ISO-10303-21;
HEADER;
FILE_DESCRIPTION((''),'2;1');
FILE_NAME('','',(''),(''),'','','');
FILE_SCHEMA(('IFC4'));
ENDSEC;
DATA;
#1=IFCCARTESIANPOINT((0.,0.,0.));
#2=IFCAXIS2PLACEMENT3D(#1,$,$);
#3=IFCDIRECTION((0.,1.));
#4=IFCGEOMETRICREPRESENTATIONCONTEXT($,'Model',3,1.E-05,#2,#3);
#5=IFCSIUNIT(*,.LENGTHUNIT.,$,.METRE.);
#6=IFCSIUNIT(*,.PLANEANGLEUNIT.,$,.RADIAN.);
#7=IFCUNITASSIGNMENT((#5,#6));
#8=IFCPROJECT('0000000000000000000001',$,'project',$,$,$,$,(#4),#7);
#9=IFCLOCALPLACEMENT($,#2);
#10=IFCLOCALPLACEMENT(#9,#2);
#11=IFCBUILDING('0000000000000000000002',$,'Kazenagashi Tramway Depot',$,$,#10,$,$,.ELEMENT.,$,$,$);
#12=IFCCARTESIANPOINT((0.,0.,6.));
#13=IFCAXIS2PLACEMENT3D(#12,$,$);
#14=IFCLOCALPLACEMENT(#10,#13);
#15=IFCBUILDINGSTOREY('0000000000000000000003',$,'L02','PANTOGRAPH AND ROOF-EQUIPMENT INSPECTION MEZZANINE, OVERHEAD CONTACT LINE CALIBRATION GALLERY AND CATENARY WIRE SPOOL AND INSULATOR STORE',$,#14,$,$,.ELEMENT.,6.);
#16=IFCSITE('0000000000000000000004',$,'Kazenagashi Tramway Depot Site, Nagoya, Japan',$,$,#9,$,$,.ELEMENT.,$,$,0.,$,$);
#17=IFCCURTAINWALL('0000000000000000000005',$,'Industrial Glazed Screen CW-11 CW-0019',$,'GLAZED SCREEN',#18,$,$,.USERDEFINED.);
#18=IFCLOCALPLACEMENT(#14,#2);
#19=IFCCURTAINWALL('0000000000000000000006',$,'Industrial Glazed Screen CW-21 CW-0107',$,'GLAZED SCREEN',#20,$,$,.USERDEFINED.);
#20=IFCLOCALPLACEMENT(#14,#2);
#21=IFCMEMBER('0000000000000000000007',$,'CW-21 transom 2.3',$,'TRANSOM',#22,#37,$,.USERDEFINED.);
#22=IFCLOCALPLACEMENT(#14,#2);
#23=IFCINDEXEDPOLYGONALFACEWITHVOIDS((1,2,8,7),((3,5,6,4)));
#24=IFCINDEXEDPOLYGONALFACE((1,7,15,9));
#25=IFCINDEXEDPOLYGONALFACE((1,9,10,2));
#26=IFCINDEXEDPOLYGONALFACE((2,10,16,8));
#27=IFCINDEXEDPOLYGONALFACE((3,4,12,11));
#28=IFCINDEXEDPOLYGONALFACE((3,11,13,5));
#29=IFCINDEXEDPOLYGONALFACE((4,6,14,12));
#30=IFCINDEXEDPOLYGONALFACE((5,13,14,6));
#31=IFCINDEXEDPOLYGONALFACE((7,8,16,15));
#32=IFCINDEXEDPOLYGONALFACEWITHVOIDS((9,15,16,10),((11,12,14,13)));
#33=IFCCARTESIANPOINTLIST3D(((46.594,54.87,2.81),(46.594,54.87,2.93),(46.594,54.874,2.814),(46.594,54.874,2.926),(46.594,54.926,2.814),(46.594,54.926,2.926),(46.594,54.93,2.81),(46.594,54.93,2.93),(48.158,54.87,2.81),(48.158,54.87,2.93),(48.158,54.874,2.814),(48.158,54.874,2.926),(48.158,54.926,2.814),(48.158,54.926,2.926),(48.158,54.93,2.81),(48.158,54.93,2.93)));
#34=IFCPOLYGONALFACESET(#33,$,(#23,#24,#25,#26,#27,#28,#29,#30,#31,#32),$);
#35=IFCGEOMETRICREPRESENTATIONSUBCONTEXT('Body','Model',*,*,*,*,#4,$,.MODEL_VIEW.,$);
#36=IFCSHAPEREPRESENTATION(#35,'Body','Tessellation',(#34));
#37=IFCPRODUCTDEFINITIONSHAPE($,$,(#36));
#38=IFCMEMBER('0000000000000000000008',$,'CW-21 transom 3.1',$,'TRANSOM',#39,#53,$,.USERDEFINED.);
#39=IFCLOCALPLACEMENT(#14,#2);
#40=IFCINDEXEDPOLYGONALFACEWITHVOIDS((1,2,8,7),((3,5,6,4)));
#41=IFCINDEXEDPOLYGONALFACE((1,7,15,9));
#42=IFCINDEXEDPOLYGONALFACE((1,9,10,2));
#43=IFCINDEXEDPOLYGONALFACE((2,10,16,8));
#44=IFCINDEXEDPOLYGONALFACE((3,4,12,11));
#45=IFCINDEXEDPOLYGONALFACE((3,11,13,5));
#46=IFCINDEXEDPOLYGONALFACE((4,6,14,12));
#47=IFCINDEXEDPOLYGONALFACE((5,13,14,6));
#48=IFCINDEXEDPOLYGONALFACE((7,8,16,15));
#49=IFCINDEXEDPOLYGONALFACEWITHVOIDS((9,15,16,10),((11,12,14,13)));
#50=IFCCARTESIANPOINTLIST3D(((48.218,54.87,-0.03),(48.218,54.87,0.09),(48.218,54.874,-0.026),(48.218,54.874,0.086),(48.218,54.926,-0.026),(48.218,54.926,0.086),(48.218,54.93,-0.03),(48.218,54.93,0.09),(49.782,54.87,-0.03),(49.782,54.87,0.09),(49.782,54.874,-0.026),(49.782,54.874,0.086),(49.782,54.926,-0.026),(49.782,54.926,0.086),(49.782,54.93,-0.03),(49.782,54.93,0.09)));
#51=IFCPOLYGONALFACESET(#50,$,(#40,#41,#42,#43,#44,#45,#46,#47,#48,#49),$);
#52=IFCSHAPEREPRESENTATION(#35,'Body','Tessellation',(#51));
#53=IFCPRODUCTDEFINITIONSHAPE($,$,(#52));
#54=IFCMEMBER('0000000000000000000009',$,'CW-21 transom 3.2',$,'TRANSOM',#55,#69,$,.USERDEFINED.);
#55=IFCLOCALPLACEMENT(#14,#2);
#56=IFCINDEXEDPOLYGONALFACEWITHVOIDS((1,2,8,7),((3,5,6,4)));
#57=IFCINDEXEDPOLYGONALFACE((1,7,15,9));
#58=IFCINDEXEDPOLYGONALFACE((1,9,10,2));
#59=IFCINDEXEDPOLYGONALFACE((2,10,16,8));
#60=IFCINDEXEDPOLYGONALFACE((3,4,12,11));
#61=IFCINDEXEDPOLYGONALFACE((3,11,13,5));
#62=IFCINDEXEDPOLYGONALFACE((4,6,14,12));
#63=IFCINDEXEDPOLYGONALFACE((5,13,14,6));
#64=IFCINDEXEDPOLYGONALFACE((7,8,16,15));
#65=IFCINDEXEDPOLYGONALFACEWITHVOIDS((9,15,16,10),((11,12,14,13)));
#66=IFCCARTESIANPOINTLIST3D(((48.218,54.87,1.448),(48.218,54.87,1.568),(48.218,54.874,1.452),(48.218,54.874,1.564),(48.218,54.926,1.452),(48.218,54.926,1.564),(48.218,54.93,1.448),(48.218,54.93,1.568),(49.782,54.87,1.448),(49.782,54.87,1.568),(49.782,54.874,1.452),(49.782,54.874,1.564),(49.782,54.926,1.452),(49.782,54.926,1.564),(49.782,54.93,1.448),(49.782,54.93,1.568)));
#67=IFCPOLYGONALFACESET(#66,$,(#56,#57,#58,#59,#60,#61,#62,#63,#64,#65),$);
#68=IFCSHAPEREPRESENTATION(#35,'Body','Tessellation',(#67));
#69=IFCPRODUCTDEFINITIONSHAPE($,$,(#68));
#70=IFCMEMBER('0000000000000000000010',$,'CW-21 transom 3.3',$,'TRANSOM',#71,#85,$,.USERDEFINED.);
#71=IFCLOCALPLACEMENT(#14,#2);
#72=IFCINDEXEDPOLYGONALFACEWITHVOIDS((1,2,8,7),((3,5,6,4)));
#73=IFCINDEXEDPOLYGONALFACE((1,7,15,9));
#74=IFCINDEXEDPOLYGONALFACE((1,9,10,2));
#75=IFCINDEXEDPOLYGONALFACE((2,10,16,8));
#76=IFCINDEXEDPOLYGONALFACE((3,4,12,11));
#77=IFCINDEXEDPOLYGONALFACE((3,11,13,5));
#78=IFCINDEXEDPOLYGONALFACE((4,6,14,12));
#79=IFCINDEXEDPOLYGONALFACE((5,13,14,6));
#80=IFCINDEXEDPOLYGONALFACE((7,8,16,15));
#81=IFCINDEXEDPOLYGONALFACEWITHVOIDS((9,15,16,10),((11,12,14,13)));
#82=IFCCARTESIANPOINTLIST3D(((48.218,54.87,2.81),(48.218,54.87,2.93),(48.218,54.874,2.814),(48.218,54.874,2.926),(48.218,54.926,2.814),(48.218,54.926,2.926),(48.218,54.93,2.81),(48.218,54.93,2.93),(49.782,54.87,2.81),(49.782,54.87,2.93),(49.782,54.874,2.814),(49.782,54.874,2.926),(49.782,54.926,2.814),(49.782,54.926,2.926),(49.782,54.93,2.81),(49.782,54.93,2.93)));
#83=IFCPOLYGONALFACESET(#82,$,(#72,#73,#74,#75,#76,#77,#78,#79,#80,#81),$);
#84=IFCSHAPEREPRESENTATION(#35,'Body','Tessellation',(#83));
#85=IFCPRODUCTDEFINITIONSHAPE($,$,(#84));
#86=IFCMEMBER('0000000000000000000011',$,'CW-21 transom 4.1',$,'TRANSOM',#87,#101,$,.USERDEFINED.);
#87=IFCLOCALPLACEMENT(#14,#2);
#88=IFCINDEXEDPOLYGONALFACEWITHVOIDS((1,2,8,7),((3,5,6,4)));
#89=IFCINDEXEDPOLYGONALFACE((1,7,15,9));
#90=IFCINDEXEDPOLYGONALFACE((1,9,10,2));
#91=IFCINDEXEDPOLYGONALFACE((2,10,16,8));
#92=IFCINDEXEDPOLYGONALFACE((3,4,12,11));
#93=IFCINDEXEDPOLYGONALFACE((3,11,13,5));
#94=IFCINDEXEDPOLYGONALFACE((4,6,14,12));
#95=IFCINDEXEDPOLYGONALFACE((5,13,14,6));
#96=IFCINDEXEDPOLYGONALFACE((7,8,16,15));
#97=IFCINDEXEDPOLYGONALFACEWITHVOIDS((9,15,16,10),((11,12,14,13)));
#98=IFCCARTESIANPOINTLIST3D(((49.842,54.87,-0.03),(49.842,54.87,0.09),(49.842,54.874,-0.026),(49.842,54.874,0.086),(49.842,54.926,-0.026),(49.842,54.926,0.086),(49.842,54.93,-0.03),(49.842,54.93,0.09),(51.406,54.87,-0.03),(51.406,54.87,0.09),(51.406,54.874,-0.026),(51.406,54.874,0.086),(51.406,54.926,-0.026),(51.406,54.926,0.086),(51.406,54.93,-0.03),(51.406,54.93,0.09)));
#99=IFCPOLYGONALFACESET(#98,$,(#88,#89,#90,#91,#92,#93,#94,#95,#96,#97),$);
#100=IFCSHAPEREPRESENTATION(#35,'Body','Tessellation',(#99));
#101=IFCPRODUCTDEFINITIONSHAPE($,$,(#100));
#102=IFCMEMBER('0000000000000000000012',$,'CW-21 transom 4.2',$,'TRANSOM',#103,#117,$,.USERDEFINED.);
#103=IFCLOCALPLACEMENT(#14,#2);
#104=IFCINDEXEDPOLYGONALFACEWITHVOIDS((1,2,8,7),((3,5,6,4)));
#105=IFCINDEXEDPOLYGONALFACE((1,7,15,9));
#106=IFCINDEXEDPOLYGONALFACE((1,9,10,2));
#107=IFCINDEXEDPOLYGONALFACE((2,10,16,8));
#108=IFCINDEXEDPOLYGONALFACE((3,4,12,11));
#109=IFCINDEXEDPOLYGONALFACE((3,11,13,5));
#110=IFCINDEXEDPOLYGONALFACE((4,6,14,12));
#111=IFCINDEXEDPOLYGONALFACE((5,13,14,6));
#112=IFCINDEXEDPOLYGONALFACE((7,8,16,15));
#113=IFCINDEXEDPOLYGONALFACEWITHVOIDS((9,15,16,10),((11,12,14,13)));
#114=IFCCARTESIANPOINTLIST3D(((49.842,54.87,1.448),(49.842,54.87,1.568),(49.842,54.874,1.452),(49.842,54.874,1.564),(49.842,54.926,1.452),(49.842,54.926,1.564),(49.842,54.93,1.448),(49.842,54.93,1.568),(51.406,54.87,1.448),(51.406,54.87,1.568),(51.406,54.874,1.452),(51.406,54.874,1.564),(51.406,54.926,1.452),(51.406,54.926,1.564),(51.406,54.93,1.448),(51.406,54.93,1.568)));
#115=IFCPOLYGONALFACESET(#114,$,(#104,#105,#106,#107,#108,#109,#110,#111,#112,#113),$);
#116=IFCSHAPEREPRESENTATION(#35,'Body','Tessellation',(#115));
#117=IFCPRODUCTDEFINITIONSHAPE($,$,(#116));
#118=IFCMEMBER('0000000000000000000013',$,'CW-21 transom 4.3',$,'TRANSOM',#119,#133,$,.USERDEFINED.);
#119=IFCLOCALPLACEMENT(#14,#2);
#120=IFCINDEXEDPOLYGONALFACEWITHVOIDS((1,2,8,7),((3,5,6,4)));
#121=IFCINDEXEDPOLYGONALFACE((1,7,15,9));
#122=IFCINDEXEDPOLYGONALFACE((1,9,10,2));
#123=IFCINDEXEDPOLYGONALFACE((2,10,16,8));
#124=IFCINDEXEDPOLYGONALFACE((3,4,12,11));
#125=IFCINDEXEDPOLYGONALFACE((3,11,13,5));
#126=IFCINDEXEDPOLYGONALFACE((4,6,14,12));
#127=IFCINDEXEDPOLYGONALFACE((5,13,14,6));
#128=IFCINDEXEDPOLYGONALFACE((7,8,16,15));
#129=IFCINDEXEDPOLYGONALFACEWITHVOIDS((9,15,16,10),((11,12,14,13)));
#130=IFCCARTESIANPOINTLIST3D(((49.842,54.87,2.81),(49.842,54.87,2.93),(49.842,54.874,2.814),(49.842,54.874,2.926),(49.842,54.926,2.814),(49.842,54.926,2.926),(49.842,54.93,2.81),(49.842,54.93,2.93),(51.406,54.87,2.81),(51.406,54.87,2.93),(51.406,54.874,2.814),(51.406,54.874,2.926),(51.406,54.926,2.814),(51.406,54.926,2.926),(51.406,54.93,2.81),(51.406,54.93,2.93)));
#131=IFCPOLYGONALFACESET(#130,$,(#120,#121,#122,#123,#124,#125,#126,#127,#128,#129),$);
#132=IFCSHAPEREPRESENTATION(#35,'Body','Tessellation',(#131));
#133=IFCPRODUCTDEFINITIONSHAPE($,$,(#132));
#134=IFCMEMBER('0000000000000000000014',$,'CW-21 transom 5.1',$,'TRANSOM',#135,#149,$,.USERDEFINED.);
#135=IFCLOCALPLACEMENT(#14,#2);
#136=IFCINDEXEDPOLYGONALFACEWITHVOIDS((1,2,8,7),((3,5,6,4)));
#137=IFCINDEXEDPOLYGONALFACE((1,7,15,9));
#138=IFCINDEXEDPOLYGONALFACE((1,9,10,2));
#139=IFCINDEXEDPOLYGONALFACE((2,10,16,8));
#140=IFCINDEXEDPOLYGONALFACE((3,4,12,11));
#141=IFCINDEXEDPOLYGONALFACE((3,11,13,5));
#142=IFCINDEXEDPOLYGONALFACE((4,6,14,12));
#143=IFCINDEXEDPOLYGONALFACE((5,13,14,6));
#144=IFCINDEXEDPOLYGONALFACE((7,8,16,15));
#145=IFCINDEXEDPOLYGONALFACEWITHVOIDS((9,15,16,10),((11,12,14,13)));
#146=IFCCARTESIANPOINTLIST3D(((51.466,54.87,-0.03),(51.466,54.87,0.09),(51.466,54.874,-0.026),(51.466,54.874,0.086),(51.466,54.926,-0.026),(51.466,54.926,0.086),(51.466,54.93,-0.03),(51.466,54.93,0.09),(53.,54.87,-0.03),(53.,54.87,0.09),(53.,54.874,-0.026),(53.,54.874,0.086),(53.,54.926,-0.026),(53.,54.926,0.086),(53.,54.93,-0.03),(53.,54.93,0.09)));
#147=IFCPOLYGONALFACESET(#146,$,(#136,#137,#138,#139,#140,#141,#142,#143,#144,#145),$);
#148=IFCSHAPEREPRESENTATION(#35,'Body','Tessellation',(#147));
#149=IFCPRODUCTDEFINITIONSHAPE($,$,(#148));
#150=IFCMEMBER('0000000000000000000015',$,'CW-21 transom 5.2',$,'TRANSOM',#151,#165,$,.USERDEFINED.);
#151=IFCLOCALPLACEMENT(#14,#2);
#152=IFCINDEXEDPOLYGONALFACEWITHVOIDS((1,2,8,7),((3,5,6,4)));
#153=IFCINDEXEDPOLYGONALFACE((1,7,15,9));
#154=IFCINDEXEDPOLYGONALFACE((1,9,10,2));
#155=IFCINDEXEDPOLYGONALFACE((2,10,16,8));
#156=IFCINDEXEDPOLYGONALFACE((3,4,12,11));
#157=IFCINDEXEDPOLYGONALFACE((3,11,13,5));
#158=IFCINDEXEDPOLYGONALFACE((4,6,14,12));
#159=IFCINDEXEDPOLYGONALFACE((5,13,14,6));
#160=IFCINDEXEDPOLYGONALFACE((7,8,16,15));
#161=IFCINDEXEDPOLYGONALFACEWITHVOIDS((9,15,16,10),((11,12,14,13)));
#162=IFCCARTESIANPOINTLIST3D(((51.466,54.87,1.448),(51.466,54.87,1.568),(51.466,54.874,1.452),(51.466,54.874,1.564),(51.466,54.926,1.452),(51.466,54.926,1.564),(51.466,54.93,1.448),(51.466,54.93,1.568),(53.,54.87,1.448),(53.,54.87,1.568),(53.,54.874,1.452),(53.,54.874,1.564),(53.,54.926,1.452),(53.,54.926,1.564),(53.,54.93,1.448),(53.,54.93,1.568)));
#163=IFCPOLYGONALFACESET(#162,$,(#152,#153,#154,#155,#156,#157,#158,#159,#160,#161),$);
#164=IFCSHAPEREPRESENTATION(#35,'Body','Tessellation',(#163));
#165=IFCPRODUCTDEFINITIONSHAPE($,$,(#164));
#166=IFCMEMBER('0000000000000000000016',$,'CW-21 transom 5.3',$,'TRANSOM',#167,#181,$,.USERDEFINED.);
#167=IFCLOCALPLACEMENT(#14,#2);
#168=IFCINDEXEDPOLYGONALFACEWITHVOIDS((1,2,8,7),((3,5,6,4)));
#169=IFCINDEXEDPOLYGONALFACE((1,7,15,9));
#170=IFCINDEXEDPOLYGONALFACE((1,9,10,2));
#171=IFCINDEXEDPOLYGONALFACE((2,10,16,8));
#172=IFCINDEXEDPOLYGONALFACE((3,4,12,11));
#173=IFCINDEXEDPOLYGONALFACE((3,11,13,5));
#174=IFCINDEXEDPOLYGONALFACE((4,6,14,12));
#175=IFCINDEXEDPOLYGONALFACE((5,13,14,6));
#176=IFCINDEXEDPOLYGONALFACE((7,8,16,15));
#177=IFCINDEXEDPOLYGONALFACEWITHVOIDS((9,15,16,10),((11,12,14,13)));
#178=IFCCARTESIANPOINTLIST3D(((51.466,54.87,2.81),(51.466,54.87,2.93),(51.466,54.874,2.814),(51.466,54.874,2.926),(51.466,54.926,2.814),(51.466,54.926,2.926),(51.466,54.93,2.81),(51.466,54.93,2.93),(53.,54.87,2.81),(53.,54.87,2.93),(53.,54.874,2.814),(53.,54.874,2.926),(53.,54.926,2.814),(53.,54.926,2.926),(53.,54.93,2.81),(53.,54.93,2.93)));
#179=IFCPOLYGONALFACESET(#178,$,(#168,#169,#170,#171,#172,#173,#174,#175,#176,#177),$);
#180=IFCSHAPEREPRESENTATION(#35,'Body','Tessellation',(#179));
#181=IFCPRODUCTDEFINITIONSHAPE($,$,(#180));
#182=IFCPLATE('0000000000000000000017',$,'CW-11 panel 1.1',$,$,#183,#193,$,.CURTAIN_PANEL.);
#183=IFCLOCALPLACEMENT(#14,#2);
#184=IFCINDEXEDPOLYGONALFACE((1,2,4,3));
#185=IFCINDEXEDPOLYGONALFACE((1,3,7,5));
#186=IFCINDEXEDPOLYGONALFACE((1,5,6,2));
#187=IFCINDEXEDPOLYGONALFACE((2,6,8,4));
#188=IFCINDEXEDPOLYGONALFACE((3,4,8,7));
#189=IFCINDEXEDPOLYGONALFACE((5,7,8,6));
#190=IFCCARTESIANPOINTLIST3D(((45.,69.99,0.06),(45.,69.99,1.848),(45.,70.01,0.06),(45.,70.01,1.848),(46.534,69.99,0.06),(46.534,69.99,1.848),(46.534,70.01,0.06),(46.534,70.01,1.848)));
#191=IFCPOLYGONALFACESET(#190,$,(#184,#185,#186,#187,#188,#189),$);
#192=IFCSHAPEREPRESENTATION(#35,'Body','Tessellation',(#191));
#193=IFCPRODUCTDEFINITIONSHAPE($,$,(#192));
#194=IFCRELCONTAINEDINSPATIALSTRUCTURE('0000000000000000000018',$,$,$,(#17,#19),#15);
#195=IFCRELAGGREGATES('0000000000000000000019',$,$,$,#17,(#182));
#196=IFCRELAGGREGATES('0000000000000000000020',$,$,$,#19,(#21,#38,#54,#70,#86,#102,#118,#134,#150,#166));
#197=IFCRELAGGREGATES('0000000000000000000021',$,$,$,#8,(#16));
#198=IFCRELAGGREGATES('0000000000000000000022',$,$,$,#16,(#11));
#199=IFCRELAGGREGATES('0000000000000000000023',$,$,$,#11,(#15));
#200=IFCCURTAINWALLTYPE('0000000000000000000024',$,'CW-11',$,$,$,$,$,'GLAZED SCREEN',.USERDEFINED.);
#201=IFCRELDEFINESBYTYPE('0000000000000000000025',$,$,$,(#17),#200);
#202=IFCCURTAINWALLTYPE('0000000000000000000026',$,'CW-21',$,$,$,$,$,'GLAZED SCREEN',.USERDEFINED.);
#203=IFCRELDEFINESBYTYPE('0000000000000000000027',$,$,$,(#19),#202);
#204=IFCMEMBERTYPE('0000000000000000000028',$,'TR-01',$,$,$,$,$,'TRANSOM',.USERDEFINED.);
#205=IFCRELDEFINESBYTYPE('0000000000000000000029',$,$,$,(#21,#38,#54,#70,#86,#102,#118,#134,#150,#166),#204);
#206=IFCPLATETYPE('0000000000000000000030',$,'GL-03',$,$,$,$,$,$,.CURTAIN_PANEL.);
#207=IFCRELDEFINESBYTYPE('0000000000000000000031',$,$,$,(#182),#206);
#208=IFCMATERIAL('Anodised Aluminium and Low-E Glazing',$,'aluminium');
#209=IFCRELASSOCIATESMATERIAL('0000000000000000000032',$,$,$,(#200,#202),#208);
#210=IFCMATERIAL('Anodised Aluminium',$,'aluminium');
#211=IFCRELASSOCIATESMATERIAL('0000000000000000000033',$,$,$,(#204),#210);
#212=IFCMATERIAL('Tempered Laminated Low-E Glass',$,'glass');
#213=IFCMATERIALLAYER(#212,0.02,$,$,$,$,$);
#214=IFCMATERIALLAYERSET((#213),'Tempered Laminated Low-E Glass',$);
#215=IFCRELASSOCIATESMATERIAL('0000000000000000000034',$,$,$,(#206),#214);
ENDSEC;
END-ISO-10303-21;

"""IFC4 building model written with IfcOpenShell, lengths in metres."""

from ifc_helpers import new_model, si_unit, direction, frame, origin, origin_2d, place, context, subcontext, project, spatial, rectangle, hollow_rectangle, extrude, material, layer, layer_set, material_profile, profile_set, type_object, element, aggregate, save


model = new_model("IFC4")

# Units and contexts
model_context = context("Model", 3, precision=1e-05, world=origin(), true_north=direction((0.0, 1.0)))
body_context = subcontext(model_context, "Body", "Model", "MODEL_VIEW")
ifc_project = project(units=[si_unit("LENGTHUNIT", "METRE"), si_unit("PLANEANGLEUNIT", "RADIAN")], contexts=[model_context])

# Site, building, storey
site_placement = place(None, origin())
site = spatial("IfcSite", under=ifc_project, at=site_placement, Name="Kazenagashi Tramway Depot Site, Nagoya, Japan", CompositionType="ELEMENT", RefElevation=0.0)
building_placement = place(site_placement, origin())
building = spatial("IfcBuilding", under=site, at=building_placement, Name="Kazenagashi Tramway Depot", CompositionType="ELEMENT")
storey_placement = place(building_placement, frame((0.0, 0.0, 6.0)))
storey = spatial("IfcBuildingStorey", under=building, at=storey_placement, Name="L02", Description="PANTOGRAPH AND ROOF-EQUIPMENT INSPECTION MEZZANINE, OVERHEAD CONTACT LINE CALIBRATION GALLERY AND CATENARY WIRE SPOOL AND INSULATOR STORE", CompositionType="ELEMENT", Elevation=6.0)

# Curtain wall
ifc_material_1 = material(Name="Anodised Aluminium and Low-E Glazing", Category="aluminium")
curtain_wall_type_1 = type_object("IfcCurtainWallType", Name="CW-11", ElementType="GLAZED SCREEN", PredefinedType="USERDEFINED", material=ifc_material_1)
curtain_wall_1_placement = place(storey_placement, origin())
curtain_wall_1 = element("IfcCurtainWall", 1, at=curtain_wall_1_placement, inside=storey, type_object=curtain_wall_type_1, Name="Industrial Glazed Screen CW-11 CW-0019", ObjectType="GLAZED SCREEN", PredefinedType="USERDEFINED")
ifc_material_2 = material(Name="Anodised Aluminium", Category="aluminium")

# Curtain wall
curtain_wall_type_2 = type_object("IfcCurtainWallType", Name="CW-21", ElementType="GLAZED SCREEN", PredefinedType="USERDEFINED", material=ifc_material_1)
curtain_wall_2_placement = place(storey_placement, origin())
curtain_wall_2 = element("IfcCurtainWall", 2, at=curtain_wall_2_placement, inside=storey, type_object=curtain_wall_type_2, Name="Industrial Glazed Screen CW-21 CW-0107", ObjectType="GLAZED SCREEN", PredefinedType="USERDEFINED")

# Members
ifc_material_profile_1 = material_profile(ifc_material_2, hollow_rectangle(XDim=0.06, YDim=0.12, WallThickness=0.004, at=origin_2d()), Name="RHS-120x60x4")
ifc_profile_set_1 = profile_set([ifc_material_profile_1], Name="Anodised Aluminium")
member_type_1 = type_object("IfcMemberType", Name="TR-01", ElementType="TRANSOM", PredefinedType="USERDEFINED", material=ifc_profile_set_1)
member_1_placement = place(storey_placement, frame((46.594, 54.9, 2.87), z_axis=(1.0, 0.0, 0.0), x_axis=(0.0, 1.0, 0.0)))
member_1 = element("IfcMember", 3, at=member_1_placement, type_object=member_type_1, Name="CW-21 transom 2.3", ObjectType="TRANSOM", PredefinedType="USERDEFINED", context=body_context, shape_type="SweptSolid", body=[
    extrude(hollow_rectangle(XDim=0.06, YDim=0.12, WallThickness=0.004, at=origin_2d()), origin(), (0.0, 0.0, 1.0), 1.564),
])
member_2_placement = place(storey_placement, frame((48.218, 54.9, 0.03), z_axis=(1.0, 0.0, 0.0), x_axis=(0.0, 1.0, 0.0)))
member_2 = element("IfcMember", 4, at=member_2_placement, type_object=member_type_1, Name="CW-21 transom 3.1", ObjectType="TRANSOM", PredefinedType="USERDEFINED", context=body_context, shape_type="SweptSolid", body=[
    extrude(hollow_rectangle(XDim=0.06, YDim=0.12, WallThickness=0.004, at=origin_2d()), origin(), (0.0, 0.0, 1.0), 1.564),
])
member_3_placement = place(storey_placement, frame((48.218, 54.9, 1.508), z_axis=(1.0, 0.0, 0.0), x_axis=(0.0, 1.0, 0.0)))
member_3 = element("IfcMember", 5, at=member_3_placement, type_object=member_type_1, Name="CW-21 transom 3.2", ObjectType="TRANSOM", PredefinedType="USERDEFINED", context=body_context, shape_type="SweptSolid", body=[
    extrude(hollow_rectangle(XDim=0.06, YDim=0.12, WallThickness=0.004, at=origin_2d()), origin(), (0.0, 0.0, 1.0), 1.564),
])
member_4_placement = place(storey_placement, frame((48.218, 54.9, 2.87), z_axis=(1.0, 0.0, 0.0), x_axis=(0.0, 1.0, 0.0)))
member_4 = element("IfcMember", 6, at=member_4_placement, type_object=member_type_1, Name="CW-21 transom 3.3", ObjectType="TRANSOM", PredefinedType="USERDEFINED", context=body_context, shape_type="SweptSolid", body=[
    extrude(hollow_rectangle(XDim=0.06, YDim=0.12, WallThickness=0.004, at=origin_2d()), origin(), (0.0, 0.0, 1.0), 1.564),
])
member_5_placement = place(storey_placement, frame((49.842, 54.9, 0.03), z_axis=(1.0, 0.0, 0.0), x_axis=(0.0, 1.0, 0.0)))
member_5 = element("IfcMember", 7, at=member_5_placement, type_object=member_type_1, Name="CW-21 transom 4.1", ObjectType="TRANSOM", PredefinedType="USERDEFINED", context=body_context, shape_type="SweptSolid", body=[
    extrude(hollow_rectangle(XDim=0.06, YDim=0.12, WallThickness=0.004, at=origin_2d()), origin(), (0.0, 0.0, 1.0), 1.564),
])
member_6_placement = place(storey_placement, frame((49.842, 54.9, 1.508), z_axis=(1.0, 0.0, 0.0), x_axis=(0.0, 1.0, 0.0)))
member_6 = element("IfcMember", 8, at=member_6_placement, type_object=member_type_1, Name="CW-21 transom 4.2", ObjectType="TRANSOM", PredefinedType="USERDEFINED", context=body_context, shape_type="SweptSolid", body=[
    extrude(hollow_rectangle(XDim=0.06, YDim=0.12, WallThickness=0.004, at=origin_2d()), origin(), (0.0, 0.0, 1.0), 1.564),
])
member_7_placement = place(storey_placement, frame((49.842, 54.9, 2.87), z_axis=(1.0, 0.0, 0.0), x_axis=(0.0, 1.0, 0.0)))
member_7 = element("IfcMember", 9, at=member_7_placement, type_object=member_type_1, Name="CW-21 transom 4.3", ObjectType="TRANSOM", PredefinedType="USERDEFINED", context=body_context, shape_type="SweptSolid", body=[
    extrude(hollow_rectangle(XDim=0.06, YDim=0.12, WallThickness=0.004, at=origin_2d()), origin(), (0.0, 0.0, 1.0), 1.564),
])
member_8_placement = place(storey_placement, frame((51.466, 54.9, 0.03), z_axis=(1.0, 0.0, 0.0), x_axis=(0.0, 1.0, 0.0)))
member_8 = element("IfcMember", 10, at=member_8_placement, type_object=member_type_1, Name="CW-21 transom 5.1", ObjectType="TRANSOM", PredefinedType="USERDEFINED", context=body_context, shape_type="SweptSolid", body=[
    extrude(hollow_rectangle(XDim=0.06, YDim=0.12, WallThickness=0.004, at=origin_2d()), origin(), (0.0, 0.0, 1.0), 1.534),
])
member_9_placement = place(storey_placement, frame((51.466, 54.9, 1.508), z_axis=(1.0, 0.0, 0.0), x_axis=(0.0, 1.0, 0.0)))
member_9 = element("IfcMember", 11, at=member_9_placement, type_object=member_type_1, Name="CW-21 transom 5.2", ObjectType="TRANSOM", PredefinedType="USERDEFINED", context=body_context, shape_type="SweptSolid", body=[
    extrude(hollow_rectangle(XDim=0.06, YDim=0.12, WallThickness=0.004, at=origin_2d()), origin(), (0.0, 0.0, 1.0), 1.534),
])
member_10_placement = place(storey_placement, frame((51.466, 54.9, 2.87), z_axis=(1.0, 0.0, 0.0), x_axis=(0.0, 1.0, 0.0)))
member_10 = element("IfcMember", 12, at=member_10_placement, type_object=member_type_1, Name="CW-21 transom 5.3", ObjectType="TRANSOM", PredefinedType="USERDEFINED", context=body_context, shape_type="SweptSolid", body=[
    extrude(hollow_rectangle(XDim=0.06, YDim=0.12, WallThickness=0.004, at=origin_2d()), origin(), (0.0, 0.0, 1.0), 1.534),
])

# Plate
ifc_material_3 = material(Name="Tempered Laminated Low-E Glass", Category="glass")
ifc_layer_1 = layer(ifc_material_3, 0.02)
ifc_layer_set_1 = layer_set([ifc_layer_1], Name="Tempered Laminated Low-E Glass")
plate_type_1 = type_object("IfcPlateType", Name="GL-03", PredefinedType="CURTAIN_PANEL", material=ifc_layer_set_1)
plate_1_placement = place(storey_placement, frame((45.767, 70.0, 0.06), z_axis=(0.0, 0.0, 1.0), x_axis=(1.0, 0.0, 0.0)))
plate_1 = element("IfcPlate", 13, at=plate_1_placement, type_object=plate_type_1, Name="CW-11 panel 1.1", PredefinedType="CURTAIN_PANEL", context=body_context, shape_type="SweptSolid", body=[
    extrude(rectangle(XDim=1.534, YDim=0.02, at=origin_2d()), origin(), (0.0, 0.0, 1.0), 1.788),
])
aggregate(curtain_wall_1, [plate_1])
aggregate(curtain_wall_2, [member_1, member_2, member_3, member_4, member_5, member_6, member_7, member_8, member_9, member_10])

save(model, "model.ifc")
